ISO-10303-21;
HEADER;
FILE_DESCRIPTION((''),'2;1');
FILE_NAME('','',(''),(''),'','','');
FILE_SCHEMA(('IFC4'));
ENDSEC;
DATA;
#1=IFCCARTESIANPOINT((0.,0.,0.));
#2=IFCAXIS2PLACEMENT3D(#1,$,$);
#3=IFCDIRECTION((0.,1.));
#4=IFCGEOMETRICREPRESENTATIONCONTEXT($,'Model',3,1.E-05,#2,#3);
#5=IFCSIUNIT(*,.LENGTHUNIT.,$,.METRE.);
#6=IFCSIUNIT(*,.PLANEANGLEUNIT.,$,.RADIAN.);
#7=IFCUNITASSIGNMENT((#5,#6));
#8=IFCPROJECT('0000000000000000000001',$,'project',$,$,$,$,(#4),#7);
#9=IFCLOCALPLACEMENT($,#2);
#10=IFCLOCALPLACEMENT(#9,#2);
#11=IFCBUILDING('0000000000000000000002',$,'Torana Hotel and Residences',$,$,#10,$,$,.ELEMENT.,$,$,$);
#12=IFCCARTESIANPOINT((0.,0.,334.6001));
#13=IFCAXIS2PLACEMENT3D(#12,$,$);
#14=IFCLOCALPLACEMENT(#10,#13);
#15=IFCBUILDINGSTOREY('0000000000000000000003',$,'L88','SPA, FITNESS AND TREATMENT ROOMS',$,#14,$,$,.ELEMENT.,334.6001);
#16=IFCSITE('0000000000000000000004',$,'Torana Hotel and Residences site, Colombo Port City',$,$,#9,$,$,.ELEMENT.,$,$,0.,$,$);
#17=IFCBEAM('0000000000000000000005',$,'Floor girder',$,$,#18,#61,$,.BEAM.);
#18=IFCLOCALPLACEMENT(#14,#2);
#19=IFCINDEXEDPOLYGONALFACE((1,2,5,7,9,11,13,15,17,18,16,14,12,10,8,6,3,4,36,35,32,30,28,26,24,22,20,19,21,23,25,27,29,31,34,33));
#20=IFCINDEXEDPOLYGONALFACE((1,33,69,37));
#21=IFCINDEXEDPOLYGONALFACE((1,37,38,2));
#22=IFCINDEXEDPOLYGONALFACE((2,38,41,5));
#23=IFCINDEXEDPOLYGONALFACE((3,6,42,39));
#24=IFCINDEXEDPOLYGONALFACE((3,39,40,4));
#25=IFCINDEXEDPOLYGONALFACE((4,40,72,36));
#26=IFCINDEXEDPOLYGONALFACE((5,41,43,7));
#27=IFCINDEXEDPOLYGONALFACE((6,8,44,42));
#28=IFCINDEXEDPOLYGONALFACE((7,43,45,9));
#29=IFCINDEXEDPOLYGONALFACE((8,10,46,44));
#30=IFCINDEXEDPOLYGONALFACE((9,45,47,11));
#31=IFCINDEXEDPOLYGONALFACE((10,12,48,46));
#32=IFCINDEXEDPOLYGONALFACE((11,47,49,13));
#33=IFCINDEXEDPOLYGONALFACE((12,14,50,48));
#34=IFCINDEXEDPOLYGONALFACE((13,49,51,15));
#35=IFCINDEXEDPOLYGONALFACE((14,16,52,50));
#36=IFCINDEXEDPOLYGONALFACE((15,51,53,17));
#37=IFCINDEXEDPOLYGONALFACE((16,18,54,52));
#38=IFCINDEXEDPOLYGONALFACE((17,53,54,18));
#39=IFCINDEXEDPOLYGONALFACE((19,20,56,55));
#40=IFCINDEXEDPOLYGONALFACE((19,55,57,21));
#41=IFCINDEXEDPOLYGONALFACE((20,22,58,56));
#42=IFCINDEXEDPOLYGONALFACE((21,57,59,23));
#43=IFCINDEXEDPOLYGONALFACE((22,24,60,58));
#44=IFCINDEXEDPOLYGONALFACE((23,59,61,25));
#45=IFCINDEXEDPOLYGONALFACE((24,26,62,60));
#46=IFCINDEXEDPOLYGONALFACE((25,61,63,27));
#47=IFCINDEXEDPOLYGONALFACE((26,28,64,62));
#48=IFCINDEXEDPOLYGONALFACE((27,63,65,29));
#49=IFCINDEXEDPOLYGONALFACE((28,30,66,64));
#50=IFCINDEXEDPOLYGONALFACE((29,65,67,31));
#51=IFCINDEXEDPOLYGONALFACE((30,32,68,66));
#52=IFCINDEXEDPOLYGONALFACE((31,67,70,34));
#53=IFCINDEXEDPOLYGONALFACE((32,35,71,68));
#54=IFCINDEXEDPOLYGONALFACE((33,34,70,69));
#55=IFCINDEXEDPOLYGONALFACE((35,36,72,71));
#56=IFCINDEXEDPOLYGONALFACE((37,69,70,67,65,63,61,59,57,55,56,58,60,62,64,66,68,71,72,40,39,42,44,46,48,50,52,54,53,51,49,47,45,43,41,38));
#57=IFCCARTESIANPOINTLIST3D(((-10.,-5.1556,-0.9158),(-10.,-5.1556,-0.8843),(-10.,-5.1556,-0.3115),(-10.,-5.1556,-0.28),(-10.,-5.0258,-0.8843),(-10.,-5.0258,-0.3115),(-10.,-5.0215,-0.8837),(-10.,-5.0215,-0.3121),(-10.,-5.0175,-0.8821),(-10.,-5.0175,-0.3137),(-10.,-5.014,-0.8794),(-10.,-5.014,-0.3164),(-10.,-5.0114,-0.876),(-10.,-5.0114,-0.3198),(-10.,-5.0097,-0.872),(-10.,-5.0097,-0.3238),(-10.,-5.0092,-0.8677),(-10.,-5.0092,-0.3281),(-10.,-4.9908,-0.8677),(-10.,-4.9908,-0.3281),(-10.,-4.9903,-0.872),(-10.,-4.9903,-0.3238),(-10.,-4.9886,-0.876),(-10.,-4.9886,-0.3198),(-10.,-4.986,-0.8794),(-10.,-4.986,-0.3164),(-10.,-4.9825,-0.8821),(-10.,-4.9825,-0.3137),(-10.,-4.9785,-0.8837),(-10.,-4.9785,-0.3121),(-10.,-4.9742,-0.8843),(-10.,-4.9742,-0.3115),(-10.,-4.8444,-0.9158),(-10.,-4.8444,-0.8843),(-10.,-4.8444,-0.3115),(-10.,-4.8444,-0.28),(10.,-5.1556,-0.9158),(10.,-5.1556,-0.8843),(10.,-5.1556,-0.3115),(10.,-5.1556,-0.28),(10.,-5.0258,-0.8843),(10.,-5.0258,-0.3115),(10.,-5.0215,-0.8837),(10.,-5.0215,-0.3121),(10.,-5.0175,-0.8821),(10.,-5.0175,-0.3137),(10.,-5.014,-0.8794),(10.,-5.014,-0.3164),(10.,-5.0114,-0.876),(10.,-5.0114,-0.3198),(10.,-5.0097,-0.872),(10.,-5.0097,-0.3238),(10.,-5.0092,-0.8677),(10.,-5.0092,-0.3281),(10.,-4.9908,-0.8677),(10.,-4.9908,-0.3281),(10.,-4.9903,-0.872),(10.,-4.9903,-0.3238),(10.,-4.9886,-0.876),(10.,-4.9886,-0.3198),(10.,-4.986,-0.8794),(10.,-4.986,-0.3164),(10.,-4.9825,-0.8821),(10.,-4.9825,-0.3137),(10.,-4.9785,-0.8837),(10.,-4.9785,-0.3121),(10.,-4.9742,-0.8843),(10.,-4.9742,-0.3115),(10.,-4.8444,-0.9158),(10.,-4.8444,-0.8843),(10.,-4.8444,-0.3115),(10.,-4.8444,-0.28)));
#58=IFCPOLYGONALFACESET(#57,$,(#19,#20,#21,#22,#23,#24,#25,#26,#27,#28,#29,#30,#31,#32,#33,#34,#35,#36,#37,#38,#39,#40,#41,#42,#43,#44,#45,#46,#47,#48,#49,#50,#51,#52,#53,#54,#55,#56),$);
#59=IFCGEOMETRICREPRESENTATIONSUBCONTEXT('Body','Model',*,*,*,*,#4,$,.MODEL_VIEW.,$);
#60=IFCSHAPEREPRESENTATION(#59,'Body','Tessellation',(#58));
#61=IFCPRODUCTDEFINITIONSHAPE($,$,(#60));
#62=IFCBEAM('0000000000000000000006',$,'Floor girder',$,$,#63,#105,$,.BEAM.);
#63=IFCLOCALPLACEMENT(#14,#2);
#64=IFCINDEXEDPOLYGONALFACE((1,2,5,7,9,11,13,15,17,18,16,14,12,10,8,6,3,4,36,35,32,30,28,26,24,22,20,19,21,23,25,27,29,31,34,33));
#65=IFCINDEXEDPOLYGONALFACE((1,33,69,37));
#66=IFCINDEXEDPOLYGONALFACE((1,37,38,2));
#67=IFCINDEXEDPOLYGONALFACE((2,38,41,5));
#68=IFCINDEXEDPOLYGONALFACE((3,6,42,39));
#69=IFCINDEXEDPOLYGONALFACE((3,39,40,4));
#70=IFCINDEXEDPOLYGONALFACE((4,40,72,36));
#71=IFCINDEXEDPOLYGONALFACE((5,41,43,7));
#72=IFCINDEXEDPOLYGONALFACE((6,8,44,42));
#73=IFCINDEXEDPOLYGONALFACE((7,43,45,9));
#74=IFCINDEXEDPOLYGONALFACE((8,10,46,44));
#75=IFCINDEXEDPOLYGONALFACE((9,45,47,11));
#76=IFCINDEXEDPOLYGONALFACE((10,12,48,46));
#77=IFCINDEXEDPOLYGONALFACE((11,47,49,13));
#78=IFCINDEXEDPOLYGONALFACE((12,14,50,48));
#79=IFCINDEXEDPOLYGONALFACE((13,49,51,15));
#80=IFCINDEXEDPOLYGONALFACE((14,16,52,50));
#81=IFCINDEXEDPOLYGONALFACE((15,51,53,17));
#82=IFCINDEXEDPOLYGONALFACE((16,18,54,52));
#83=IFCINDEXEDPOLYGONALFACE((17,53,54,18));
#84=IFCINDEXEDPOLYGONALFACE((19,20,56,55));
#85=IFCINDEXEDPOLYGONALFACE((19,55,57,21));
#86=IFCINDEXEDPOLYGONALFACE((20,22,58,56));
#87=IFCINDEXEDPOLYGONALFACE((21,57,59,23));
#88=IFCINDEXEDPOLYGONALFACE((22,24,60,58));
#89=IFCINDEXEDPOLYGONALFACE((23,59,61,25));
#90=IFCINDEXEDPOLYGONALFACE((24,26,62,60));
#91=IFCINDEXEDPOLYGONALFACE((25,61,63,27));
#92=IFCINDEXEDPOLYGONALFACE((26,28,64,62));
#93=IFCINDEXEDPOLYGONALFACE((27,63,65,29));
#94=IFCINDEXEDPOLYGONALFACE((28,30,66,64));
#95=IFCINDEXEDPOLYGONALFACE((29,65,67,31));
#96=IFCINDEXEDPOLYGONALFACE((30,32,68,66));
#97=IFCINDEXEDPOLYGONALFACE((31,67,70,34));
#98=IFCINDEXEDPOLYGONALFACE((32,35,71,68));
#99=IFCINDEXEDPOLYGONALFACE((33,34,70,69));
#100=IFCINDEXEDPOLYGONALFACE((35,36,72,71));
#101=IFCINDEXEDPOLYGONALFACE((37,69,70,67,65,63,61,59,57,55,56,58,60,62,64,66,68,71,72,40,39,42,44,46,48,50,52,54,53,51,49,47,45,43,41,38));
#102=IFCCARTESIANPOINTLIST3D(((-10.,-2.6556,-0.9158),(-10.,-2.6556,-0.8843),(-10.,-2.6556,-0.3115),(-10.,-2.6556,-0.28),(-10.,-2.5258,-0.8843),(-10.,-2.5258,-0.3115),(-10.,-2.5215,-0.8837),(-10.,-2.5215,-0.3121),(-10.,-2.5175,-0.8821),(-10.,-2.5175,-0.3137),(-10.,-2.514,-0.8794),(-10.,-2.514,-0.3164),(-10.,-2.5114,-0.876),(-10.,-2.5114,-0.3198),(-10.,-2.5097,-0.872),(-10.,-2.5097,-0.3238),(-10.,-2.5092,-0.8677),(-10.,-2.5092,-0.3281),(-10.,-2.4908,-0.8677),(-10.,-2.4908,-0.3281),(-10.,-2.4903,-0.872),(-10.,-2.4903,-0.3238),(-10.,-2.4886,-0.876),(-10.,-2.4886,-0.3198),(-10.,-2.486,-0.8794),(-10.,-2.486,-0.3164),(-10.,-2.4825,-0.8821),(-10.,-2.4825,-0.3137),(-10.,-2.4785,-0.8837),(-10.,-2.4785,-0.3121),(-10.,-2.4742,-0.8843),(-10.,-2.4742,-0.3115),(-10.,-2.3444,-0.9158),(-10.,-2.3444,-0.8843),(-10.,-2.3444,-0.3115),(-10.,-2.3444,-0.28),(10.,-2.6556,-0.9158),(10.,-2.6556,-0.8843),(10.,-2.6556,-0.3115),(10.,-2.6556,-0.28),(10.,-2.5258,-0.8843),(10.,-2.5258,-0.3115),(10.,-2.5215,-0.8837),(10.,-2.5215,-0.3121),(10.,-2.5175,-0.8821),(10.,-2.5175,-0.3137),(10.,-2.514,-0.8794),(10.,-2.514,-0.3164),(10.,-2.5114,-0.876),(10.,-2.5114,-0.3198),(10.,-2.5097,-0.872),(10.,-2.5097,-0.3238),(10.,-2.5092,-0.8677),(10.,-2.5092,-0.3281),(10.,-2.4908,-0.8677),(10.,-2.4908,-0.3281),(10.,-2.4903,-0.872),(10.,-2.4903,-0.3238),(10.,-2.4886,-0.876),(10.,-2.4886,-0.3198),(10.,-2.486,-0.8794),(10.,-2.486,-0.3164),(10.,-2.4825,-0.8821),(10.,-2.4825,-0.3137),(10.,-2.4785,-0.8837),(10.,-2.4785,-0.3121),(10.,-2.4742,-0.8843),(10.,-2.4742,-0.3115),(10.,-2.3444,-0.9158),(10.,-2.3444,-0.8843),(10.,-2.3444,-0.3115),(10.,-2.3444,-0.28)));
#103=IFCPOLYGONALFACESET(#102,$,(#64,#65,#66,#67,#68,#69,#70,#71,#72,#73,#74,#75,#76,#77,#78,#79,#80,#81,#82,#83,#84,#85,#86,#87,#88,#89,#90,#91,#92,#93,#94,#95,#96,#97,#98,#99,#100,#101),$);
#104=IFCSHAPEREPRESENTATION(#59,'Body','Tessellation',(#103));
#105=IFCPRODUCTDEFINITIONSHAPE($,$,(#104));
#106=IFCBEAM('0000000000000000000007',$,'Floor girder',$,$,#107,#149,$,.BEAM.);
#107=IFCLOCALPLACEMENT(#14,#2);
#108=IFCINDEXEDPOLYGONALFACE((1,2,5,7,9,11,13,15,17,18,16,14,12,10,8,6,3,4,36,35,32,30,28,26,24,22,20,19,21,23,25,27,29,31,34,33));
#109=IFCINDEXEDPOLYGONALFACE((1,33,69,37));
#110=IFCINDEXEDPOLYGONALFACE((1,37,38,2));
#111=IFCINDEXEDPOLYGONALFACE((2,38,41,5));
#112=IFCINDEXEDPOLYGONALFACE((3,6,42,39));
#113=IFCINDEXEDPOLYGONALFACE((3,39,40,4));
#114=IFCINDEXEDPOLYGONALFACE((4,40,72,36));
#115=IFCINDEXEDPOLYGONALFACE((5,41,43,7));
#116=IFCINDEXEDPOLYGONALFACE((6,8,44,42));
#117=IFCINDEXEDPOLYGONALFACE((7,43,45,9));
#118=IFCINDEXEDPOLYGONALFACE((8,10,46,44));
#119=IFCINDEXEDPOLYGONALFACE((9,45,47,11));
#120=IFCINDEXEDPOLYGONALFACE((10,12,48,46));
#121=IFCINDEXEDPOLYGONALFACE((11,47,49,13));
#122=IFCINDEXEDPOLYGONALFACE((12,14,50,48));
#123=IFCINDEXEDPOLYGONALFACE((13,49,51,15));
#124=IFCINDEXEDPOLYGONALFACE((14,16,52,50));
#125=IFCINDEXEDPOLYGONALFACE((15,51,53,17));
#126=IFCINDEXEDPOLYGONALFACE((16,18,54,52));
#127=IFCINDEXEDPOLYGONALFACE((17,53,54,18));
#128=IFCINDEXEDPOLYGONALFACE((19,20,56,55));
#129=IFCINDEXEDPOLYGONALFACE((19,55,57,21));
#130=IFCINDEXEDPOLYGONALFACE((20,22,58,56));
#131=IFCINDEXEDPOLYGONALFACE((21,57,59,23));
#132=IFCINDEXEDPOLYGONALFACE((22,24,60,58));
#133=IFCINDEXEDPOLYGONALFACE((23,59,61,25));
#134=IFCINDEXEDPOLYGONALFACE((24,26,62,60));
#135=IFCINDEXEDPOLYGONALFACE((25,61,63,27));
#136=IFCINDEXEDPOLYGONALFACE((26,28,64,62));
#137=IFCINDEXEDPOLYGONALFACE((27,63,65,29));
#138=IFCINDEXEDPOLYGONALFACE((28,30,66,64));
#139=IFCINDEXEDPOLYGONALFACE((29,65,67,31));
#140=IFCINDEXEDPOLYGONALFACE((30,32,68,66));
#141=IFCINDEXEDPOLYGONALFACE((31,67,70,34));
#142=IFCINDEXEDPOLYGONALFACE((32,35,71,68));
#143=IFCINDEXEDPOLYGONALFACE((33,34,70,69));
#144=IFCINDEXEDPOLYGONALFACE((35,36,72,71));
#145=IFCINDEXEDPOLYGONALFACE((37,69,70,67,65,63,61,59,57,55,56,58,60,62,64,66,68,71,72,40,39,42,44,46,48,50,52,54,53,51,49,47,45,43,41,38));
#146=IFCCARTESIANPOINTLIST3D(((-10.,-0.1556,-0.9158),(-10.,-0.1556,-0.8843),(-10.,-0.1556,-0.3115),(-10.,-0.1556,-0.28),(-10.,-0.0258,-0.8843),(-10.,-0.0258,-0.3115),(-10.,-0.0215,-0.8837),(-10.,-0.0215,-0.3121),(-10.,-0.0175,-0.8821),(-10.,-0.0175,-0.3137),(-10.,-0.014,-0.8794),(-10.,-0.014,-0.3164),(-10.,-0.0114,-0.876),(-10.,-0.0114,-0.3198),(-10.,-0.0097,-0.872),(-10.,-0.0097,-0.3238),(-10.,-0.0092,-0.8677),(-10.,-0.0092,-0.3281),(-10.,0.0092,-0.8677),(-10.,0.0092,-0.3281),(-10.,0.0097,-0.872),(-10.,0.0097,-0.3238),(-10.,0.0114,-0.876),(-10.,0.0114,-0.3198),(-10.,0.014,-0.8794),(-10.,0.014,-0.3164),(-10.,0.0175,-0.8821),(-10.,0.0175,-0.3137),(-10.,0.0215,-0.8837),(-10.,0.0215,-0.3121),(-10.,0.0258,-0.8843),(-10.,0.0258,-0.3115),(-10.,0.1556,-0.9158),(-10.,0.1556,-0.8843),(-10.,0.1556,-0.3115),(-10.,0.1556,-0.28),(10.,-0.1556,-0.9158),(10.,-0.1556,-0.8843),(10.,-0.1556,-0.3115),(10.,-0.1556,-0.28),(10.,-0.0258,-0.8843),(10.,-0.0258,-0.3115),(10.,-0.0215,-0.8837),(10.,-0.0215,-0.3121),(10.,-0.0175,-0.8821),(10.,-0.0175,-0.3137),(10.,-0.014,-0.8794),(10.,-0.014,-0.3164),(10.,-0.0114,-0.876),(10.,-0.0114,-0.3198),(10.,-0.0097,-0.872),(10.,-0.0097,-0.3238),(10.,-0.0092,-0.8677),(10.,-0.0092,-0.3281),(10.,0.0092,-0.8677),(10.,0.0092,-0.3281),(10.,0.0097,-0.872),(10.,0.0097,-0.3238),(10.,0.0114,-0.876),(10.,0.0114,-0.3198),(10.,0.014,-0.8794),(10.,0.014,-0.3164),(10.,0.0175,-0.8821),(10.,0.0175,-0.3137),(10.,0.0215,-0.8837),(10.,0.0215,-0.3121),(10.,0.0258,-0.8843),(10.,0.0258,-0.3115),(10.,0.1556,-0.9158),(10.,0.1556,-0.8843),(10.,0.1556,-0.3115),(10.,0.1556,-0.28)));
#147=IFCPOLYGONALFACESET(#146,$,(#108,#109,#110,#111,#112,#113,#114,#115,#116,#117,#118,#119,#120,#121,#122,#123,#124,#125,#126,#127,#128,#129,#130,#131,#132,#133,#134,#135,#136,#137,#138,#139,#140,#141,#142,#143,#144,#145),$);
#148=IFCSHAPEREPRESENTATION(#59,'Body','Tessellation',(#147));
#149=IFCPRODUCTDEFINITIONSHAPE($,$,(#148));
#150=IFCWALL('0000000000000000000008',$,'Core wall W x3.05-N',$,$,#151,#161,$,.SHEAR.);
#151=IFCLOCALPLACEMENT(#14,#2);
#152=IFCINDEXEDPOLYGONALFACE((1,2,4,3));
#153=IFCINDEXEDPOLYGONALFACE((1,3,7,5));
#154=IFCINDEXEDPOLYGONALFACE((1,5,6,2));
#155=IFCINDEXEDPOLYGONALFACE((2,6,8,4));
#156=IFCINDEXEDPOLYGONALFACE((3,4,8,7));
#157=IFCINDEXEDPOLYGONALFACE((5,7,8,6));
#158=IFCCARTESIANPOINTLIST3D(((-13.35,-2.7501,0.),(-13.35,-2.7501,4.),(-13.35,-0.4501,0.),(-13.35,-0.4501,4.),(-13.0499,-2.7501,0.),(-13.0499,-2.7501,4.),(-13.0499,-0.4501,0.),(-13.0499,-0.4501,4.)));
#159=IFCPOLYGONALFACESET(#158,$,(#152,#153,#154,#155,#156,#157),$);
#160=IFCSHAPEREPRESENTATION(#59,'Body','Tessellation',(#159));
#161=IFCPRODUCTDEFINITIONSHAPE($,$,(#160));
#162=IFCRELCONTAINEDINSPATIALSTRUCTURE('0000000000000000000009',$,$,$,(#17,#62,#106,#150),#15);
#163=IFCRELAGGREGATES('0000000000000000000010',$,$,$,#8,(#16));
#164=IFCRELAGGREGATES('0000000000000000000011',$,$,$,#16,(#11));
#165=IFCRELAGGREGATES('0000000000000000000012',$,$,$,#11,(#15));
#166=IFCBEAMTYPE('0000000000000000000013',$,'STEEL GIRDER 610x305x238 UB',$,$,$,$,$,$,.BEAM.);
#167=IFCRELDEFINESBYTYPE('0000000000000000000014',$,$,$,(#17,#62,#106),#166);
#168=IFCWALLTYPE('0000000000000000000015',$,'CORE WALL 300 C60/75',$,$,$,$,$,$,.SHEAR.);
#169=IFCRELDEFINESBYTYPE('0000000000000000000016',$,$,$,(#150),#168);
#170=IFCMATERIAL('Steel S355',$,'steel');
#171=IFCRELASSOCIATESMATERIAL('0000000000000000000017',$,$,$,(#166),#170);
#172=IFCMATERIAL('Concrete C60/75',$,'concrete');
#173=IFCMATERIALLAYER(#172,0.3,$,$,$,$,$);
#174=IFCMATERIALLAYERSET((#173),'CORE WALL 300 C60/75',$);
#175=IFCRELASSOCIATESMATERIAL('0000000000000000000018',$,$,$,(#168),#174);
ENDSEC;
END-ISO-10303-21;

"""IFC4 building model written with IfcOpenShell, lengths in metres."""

from ifc_helpers import new_model, si_unit, direction, frame, frame_2d, origin, origin_2d, place, context, subcontext, project, spatial, rectangle, i_section, extrude, material, layer, layer_set, material_profile, profile_set, type_object, element, save


model = new_model("IFC4")

# Units and contexts
model_context = context("Model", 3, precision=1e-05, world=origin(), true_north=direction((0.0, 1.0)))
body_context = subcontext(model_context, "Body", "Model", "MODEL_VIEW")
ifc_project = project(units=[si_unit("LENGTHUNIT", "METRE"), si_unit("PLANEANGLEUNIT", "RADIAN")], contexts=[model_context])

# Site, building, storey
site_placement = place(None, origin())
site = spatial("IfcSite", under=ifc_project, at=site_placement, Name="Torana Hotel and Residences site, Colombo Port City", CompositionType="ELEMENT", RefElevation=0.0)
building_placement = place(site_placement, origin())
building = spatial("IfcBuilding", under=site, at=building_placement, Name="Torana Hotel and Residences", CompositionType="ELEMENT")
storey_placement = place(building_placement, frame((0.0, 0.0, 334.6001)))
storey = spatial("IfcBuildingStorey", under=building, at=storey_placement, Name="L88", Description="SPA, FITNESS AND TREATMENT ROOMS", CompositionType="ELEMENT", Elevation=334.6001)

# Beams
ifc_material_1 = material(Name="Steel S355", Category="steel")
ifc_material_profile = material_profile(ifc_material_1, i_section(OverallWidth=0.3113, OverallDepth=0.6357, WebThickness=0.0183, FlangeThickness=0.0315, FilletRadius=0.0166, at=origin_2d()), Name="610x305x238 UB")
ifc_profile_set = profile_set([ifc_material_profile], Name="Steel S355")
beam_type = type_object("IfcBeamType", Name="STEEL GIRDER 610x305x238 UB", PredefinedType="BEAM", material=ifc_profile_set)
for number, where, z_axis, x_axis, name in (
    (1, (-10.0, -5.0, -0.5979), (1.0, 0.0, 0.0), (0.0, 1.0, 0.0), "Floor girder"),
    (2, (-10.0, -2.5, -0.5979), (1.0, 0.0, 0.0), (0.0, 1.0, 0.0), "Floor girder"),
    (3, (-10.0, 0.0, -0.5979), (1.0, 0.0, 0.0), (0.0, 1.0, 0.0), "Floor girder"),
):
    element("IfcBeam", number, at=place(storey_placement, frame(where, z_axis=z_axis, x_axis=x_axis)), inside=storey, type_object=beam_type, Name=name, PredefinedType="BEAM", context=body_context, shape_type="SweptSolid", body=[
        extrude(i_section(OverallWidth=0.3113, OverallDepth=0.6357, WebThickness=0.0183, FlangeThickness=0.0315, FilletRadius=0.0166, at=origin_2d()), origin(), (0.0, 0.0, 1.0), 20.0),
    ])

# Wall
ifc_material_2 = material(Name="Concrete C60/75", Category="concrete")
ifc_layer_1 = layer(ifc_material_2, 0.3)
ifc_layer_set_1 = layer_set([ifc_layer_1], Name="CORE WALL 300 C60/75")
wall_type_1 = type_object("IfcWallType", Name="CORE WALL 300 C60/75", PredefinedType="SHEAR", material=ifc_layer_set_1)
wall_1_placement = place(storey_placement, frame((-13.2, -2.75, 0.0), z_axis=(0.0, 0.0, 1.0), x_axis=(0.0, 1.0, 0.0)))
element("IfcWall", 4, at=wall_1_placement, inside=storey, type_object=wall_type_1, Name="Core wall W x3.05-N", PredefinedType="SHEAR", context=body_context, shape_type="SweptSolid", body=[
    extrude(rectangle(XDim=2.3, YDim=0.3, at=frame_2d((1.1499, 0.0))), origin(), (0.0, 0.0, 1.0), 4.0),
])

save(model, "model.ifc")
